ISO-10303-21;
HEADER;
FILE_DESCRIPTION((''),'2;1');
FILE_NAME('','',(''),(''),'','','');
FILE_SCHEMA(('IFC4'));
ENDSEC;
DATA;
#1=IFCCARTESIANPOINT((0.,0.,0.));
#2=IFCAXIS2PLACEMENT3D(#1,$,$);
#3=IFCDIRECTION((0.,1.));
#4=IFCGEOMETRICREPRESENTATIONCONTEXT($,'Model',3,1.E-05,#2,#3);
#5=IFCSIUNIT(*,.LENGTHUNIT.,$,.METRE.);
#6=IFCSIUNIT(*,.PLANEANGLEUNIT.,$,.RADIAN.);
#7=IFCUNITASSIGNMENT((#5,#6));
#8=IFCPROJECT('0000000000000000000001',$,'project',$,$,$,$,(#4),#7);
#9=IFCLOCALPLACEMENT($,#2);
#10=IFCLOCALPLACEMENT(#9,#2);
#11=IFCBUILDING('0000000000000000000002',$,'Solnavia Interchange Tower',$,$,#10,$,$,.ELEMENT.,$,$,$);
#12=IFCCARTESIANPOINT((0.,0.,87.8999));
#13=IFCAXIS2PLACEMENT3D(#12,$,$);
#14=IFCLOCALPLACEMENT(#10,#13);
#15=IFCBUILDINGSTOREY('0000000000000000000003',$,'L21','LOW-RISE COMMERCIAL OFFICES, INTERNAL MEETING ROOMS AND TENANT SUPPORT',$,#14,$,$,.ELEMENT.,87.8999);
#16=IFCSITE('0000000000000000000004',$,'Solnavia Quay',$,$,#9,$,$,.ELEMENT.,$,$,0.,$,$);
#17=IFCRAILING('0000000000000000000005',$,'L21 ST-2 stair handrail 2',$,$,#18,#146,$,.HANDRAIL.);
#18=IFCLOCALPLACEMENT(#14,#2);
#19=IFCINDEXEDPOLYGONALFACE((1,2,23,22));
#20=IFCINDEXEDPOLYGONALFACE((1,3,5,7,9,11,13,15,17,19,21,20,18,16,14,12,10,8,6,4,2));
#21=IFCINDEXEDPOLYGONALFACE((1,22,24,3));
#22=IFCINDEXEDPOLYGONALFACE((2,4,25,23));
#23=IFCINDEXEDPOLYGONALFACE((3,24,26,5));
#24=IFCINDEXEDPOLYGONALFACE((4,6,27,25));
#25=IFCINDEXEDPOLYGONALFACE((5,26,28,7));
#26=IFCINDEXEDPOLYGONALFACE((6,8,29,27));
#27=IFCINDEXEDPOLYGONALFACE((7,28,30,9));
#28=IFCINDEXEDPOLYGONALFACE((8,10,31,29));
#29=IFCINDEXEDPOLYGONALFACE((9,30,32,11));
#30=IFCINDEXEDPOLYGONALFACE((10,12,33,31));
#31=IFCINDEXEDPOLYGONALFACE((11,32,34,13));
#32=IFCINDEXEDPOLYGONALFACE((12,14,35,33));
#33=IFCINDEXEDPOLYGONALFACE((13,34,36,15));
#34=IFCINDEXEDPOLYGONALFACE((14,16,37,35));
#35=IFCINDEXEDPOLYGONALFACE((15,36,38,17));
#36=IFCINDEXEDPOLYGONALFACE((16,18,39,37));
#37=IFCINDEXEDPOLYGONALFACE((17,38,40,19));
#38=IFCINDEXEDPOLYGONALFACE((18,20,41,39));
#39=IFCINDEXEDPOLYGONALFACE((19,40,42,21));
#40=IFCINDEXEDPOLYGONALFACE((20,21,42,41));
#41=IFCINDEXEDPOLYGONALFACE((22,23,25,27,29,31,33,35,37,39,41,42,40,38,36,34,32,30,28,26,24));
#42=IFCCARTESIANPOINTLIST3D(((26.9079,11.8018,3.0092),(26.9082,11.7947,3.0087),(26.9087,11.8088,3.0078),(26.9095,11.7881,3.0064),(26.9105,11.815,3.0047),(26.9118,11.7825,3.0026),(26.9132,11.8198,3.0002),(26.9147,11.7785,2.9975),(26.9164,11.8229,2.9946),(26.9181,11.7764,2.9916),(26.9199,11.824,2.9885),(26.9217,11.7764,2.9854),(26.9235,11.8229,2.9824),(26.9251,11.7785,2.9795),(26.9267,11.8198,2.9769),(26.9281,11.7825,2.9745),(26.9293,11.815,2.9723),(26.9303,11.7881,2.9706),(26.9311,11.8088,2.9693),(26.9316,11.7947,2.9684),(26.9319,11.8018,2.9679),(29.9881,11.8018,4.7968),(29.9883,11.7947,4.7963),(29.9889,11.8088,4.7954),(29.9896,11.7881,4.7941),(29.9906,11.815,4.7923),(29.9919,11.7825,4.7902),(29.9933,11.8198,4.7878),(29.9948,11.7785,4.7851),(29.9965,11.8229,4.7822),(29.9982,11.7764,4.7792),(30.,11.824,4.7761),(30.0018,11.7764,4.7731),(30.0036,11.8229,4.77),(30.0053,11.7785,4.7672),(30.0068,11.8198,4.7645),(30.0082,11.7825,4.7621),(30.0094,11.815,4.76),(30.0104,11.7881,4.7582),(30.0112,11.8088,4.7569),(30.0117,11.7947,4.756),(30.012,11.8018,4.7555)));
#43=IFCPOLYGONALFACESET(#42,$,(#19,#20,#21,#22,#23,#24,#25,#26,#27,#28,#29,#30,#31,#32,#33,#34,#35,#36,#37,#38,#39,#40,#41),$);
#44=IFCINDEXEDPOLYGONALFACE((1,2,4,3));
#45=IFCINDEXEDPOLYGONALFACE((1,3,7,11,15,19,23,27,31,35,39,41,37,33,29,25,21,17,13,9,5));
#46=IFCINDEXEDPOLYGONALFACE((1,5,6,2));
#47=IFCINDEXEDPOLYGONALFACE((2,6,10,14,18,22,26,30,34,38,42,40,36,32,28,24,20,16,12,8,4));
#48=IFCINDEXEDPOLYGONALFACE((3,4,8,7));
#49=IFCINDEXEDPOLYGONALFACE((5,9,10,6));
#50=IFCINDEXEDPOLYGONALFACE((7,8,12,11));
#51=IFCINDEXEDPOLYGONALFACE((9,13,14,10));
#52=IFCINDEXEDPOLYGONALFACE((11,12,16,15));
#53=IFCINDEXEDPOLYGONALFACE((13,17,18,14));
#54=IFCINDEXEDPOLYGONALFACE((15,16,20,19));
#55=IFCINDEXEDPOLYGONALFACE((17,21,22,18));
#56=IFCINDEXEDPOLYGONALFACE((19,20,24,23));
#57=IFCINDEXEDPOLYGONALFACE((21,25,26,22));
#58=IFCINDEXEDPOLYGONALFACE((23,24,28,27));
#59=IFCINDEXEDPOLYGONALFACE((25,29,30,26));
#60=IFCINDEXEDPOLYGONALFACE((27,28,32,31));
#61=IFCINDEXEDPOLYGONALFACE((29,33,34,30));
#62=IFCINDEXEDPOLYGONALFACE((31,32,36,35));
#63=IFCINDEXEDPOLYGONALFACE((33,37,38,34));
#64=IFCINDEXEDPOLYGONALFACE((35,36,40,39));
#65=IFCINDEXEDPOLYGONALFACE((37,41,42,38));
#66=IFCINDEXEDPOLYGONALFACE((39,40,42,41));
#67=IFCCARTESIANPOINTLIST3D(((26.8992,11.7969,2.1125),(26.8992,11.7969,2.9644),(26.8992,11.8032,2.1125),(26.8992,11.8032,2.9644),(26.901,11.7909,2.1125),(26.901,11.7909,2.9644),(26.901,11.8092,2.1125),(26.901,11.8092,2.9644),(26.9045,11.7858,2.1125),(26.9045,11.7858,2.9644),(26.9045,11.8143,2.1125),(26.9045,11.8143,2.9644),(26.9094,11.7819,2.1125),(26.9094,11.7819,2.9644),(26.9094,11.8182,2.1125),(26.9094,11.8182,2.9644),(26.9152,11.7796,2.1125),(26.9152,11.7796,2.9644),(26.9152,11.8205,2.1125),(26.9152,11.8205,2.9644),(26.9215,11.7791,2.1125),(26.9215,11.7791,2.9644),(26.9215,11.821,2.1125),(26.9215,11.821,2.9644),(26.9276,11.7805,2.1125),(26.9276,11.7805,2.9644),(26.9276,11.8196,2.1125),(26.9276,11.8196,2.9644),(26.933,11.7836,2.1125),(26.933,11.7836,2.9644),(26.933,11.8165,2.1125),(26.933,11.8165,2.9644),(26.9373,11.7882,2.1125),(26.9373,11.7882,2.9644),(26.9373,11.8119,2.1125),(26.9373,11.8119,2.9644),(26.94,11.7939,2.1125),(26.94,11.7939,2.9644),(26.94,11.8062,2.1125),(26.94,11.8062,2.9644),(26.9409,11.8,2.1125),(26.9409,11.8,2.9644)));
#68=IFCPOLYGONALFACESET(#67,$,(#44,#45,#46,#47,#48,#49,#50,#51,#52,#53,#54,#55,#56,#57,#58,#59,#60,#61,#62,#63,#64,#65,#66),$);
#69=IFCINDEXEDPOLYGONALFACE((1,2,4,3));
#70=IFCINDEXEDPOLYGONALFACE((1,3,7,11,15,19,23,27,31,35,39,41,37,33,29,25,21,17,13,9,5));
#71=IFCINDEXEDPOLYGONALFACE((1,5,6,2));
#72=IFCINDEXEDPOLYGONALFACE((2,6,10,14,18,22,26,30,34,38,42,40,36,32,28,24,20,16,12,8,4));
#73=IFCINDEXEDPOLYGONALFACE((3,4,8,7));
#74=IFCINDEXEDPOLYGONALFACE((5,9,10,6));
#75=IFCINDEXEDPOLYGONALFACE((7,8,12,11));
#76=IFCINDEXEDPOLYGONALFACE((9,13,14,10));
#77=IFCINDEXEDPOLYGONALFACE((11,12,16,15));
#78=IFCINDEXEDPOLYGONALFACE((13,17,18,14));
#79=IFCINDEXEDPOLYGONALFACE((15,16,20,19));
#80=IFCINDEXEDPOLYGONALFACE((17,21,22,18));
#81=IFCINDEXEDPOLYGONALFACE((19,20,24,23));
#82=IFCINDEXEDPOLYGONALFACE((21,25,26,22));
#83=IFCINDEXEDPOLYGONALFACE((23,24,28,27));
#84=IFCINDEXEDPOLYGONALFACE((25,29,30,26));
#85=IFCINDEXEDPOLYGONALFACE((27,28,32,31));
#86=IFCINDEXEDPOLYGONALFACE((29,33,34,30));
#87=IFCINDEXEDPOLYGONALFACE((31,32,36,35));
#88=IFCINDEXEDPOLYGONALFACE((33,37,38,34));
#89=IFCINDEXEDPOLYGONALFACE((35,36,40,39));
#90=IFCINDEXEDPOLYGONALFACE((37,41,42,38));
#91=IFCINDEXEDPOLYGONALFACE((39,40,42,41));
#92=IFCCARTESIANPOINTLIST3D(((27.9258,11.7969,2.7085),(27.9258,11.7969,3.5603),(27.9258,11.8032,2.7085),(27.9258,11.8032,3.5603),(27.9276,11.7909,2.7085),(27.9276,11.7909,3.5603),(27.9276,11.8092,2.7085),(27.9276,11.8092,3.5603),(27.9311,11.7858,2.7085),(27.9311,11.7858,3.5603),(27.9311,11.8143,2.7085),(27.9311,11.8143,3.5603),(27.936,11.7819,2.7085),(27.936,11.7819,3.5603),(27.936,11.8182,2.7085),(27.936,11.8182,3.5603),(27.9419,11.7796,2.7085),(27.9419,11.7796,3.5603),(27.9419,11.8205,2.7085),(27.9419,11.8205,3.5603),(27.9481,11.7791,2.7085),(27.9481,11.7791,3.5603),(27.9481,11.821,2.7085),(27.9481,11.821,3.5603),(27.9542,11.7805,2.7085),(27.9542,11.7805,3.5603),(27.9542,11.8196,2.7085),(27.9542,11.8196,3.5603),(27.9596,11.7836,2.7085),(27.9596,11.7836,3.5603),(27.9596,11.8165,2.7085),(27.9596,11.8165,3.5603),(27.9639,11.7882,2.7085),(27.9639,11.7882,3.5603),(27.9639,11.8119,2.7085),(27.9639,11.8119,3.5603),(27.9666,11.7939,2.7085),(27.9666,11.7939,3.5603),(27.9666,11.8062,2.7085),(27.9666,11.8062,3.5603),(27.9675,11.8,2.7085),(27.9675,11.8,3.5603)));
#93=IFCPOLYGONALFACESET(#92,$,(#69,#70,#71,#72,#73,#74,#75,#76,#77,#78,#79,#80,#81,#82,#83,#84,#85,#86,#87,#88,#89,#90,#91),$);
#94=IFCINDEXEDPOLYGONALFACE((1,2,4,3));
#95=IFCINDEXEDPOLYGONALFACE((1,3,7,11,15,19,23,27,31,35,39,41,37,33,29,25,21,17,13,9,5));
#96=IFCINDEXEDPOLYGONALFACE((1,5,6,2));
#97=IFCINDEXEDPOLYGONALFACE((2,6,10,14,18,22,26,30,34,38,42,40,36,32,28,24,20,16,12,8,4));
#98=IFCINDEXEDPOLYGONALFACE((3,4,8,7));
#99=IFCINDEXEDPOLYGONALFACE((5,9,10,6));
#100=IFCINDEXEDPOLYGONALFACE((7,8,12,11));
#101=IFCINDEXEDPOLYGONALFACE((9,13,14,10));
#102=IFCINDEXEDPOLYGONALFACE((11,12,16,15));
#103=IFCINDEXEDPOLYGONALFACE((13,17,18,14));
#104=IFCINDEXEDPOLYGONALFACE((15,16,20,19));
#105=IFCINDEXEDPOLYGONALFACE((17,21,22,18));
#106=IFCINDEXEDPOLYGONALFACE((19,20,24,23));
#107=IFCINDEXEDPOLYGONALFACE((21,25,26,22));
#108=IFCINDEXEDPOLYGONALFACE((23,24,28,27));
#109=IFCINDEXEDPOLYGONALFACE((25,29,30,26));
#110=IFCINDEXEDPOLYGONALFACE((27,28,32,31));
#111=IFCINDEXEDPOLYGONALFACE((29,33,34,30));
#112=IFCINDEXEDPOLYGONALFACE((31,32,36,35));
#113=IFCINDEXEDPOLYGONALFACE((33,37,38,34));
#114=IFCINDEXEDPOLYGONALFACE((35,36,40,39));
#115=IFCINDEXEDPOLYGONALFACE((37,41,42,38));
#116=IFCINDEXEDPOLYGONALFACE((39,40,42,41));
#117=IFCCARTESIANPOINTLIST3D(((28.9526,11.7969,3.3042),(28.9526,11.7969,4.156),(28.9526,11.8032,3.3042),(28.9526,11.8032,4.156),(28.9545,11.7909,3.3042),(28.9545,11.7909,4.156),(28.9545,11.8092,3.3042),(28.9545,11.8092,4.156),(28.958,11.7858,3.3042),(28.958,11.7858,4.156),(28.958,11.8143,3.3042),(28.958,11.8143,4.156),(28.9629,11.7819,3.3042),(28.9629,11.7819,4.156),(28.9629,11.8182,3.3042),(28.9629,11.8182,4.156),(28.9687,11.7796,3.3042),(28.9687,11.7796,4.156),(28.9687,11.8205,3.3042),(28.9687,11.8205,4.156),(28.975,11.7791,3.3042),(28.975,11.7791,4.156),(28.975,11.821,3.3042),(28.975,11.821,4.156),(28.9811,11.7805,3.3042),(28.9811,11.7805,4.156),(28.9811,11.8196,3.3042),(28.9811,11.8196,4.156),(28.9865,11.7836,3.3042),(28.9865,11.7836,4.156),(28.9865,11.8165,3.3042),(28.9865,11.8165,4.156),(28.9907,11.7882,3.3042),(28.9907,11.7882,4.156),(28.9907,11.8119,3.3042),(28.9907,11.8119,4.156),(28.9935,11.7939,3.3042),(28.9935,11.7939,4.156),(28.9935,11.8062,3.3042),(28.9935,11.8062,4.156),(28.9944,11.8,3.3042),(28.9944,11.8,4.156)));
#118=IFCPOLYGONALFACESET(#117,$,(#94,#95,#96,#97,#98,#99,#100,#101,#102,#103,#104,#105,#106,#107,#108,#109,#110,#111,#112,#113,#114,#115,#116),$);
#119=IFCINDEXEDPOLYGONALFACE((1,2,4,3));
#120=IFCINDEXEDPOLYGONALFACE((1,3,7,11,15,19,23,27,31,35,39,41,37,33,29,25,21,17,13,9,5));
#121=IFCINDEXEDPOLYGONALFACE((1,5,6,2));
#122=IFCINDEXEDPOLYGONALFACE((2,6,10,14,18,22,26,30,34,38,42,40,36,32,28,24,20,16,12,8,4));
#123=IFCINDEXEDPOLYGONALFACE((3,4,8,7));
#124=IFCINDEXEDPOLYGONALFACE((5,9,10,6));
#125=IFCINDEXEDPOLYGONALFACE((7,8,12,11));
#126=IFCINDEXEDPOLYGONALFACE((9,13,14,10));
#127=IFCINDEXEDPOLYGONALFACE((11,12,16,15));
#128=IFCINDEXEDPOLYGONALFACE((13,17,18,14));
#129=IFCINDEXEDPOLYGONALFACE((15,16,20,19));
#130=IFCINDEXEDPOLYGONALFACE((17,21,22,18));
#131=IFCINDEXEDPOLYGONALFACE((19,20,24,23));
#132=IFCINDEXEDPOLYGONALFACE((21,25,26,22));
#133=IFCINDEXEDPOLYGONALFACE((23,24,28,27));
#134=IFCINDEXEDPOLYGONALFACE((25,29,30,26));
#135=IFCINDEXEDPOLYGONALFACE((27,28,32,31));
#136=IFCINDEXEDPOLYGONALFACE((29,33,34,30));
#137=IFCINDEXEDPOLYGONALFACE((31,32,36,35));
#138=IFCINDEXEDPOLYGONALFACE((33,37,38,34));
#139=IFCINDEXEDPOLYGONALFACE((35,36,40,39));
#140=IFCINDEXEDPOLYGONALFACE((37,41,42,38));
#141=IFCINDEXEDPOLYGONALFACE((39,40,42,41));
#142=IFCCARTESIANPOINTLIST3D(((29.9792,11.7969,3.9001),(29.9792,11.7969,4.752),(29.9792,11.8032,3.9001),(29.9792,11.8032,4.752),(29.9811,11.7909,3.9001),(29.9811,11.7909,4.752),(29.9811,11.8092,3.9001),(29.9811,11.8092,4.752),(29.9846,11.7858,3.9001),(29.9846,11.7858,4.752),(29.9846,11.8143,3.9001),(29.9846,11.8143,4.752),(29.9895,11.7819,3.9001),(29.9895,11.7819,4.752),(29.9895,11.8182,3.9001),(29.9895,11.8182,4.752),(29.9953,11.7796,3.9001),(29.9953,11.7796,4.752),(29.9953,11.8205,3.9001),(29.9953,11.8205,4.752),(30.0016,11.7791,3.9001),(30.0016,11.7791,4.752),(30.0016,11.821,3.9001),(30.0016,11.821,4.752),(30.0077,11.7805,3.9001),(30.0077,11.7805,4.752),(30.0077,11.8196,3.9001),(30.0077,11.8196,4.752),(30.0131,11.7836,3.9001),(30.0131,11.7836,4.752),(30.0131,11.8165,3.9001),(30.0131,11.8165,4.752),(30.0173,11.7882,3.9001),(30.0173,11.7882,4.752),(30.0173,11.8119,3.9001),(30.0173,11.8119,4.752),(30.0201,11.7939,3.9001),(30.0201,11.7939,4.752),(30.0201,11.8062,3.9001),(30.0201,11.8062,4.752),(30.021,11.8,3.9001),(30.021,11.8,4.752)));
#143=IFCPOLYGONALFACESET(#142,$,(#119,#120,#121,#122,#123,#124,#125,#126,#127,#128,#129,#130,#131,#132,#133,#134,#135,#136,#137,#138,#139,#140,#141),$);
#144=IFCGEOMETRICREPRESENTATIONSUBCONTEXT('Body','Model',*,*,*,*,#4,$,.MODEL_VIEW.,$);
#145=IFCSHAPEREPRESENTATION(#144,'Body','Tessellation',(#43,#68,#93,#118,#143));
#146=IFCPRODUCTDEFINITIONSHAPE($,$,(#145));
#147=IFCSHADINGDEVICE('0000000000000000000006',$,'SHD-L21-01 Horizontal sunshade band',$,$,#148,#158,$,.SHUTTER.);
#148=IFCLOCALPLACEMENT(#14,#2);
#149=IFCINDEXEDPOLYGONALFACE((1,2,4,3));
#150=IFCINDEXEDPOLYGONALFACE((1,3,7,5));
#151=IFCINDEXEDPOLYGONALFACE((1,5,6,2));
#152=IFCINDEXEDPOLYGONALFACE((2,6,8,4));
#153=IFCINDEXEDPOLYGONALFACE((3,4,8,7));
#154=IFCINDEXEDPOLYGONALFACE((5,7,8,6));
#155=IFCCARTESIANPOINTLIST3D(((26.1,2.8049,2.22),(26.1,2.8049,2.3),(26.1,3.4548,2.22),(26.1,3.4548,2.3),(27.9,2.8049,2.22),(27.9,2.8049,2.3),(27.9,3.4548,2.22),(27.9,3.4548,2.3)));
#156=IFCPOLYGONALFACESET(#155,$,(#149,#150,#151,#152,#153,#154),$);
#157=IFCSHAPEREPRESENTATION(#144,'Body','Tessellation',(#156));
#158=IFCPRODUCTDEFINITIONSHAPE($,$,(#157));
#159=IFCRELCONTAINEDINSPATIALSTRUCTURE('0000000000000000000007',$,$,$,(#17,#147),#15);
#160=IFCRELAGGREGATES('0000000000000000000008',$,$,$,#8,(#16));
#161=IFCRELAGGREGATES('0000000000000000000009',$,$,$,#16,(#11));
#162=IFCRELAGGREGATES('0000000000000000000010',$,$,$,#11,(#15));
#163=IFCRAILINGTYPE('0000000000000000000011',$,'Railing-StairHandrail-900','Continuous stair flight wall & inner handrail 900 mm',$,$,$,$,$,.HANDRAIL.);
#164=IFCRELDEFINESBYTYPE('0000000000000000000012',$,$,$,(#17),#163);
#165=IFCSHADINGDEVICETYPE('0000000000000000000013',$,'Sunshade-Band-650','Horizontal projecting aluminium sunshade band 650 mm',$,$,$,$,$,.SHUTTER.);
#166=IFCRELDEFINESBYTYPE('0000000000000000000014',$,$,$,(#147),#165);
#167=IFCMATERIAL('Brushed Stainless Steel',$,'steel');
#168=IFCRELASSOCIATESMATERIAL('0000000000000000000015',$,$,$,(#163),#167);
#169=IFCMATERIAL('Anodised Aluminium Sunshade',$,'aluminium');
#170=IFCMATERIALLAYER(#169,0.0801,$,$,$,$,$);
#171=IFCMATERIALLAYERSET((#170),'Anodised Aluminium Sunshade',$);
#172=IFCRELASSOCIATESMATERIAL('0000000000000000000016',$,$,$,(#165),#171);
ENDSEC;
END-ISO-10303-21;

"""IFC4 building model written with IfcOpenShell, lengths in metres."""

from ifc_helpers import new_model, si_unit, direction, frame, origin, origin_2d, place, context, subcontext, project, spatial, rectangle, circle, extrude, material, layer, layer_set, type_object, element, save


model = new_model("IFC4")

# Units and contexts
model_context = context("Model", 3, precision=1e-05, world=origin(), true_north=direction((0.0, 1.0)))
body_context = subcontext(model_context, "Body", "Model", "MODEL_VIEW")
ifc_project = project(units=[si_unit("LENGTHUNIT", "METRE"), si_unit("PLANEANGLEUNIT", "RADIAN")], contexts=[model_context])

# Site, building, storey
site_placement = place(None, origin())
site = spatial("IfcSite", under=ifc_project, at=site_placement, Name="Solnavia Quay", CompositionType="ELEMENT", RefElevation=0.0)
building_placement = place(site_placement, origin())
building = spatial("IfcBuilding", under=site, at=building_placement, Name="Solnavia Interchange Tower", CompositionType="ELEMENT")
storey_placement = place(building_placement, frame((0.0, 0.0, 87.8999)))
storey = spatial("IfcBuildingStorey", under=building, at=storey_placement, Name="L21", Description="LOW-RISE COMMERCIAL OFFICES, INTERNAL MEETING ROOMS AND TENANT SUPPORT", CompositionType="ELEMENT", Elevation=87.8999)

# Railing
ifc_material_1 = material(Name="Brushed Stainless Steel", Category="steel")
railing_type_1 = type_object("IfcRailingType", Name="Railing-StairHandrail-900", Description="Continuous stair flight wall & inner handrail 900 mm", PredefinedType="HANDRAIL", material=ifc_material_1)
railing_1_placement = place(storey_placement, frame((26.9199, 11.8, 2.1125)))
element("IfcRailing", 1, at=railing_1_placement, inside=storey, type_object=railing_type_1, Name="L21 ST-2 stair handrail 2", PredefinedType="HANDRAIL", context=body_context, shape_type="SweptSolid", body=[
    extrude(circle(Radius=0.0239, at=origin_2d()), frame((0.0, 0.0, 0.876), z_axis=(0.864891, 0.0, 0.50196), x_axis=(0.0, 1.0, 0.0)), (0.0, 0.0, 1.0), 3.5613),
    extrude(circle(Radius=0.021, at=origin_2d()), origin(), (0.0, 0.0, 1.0), 0.8518),
    extrude(circle(Radius=0.021, at=origin_2d()), frame((1.0266, 0.0, 0.5959)), (0.0, 0.0, 1.0), 0.8518),
    extrude(circle(Radius=0.021, at=origin_2d()), frame((2.0535, 0.0, 1.1917)), (0.0, 0.0, 1.0), 0.8518),
    extrude(circle(Radius=0.021, at=origin_2d()), frame((3.0801, 0.0, 1.7876)), (0.0, 0.0, 1.0), 0.8518),
])

# Shading device
ifc_material_2 = material(Name="Anodised Aluminium Sunshade", Category="aluminium")
ifc_layer_1 = layer(ifc_material_2, 0.0801)
ifc_layer_set_1 = layer_set([ifc_layer_1], Name="Anodised Aluminium Sunshade")
shading_device_type = type_object("IfcShadingDeviceType", Name="Sunshade-Band-650", Description="Horizontal projecting aluminium sunshade band 650 mm", PredefinedType="SHUTTER", material=ifc_layer_set_1)
shading_device_placement = place(storey_placement, frame((27.0, 3.1299, 2.22), z_axis=(0.0, 0.0, 1.0), x_axis=(-1.0, 0.0, 0.0)))
element("IfcShadingDevice", 2, at=shading_device_placement, inside=storey, type_object=shading_device_type, Name="SHD-L21-01 Horizontal sunshade band", PredefinedType="SHUTTER", context=body_context, shape_type="SweptSolid", body=[
    extrude(rectangle(XDim=1.8, YDim=0.6499, at=origin_2d()), origin(), (0.0, 0.0, 1.0), 0.0801),
])

save(model, "model.ifc")
